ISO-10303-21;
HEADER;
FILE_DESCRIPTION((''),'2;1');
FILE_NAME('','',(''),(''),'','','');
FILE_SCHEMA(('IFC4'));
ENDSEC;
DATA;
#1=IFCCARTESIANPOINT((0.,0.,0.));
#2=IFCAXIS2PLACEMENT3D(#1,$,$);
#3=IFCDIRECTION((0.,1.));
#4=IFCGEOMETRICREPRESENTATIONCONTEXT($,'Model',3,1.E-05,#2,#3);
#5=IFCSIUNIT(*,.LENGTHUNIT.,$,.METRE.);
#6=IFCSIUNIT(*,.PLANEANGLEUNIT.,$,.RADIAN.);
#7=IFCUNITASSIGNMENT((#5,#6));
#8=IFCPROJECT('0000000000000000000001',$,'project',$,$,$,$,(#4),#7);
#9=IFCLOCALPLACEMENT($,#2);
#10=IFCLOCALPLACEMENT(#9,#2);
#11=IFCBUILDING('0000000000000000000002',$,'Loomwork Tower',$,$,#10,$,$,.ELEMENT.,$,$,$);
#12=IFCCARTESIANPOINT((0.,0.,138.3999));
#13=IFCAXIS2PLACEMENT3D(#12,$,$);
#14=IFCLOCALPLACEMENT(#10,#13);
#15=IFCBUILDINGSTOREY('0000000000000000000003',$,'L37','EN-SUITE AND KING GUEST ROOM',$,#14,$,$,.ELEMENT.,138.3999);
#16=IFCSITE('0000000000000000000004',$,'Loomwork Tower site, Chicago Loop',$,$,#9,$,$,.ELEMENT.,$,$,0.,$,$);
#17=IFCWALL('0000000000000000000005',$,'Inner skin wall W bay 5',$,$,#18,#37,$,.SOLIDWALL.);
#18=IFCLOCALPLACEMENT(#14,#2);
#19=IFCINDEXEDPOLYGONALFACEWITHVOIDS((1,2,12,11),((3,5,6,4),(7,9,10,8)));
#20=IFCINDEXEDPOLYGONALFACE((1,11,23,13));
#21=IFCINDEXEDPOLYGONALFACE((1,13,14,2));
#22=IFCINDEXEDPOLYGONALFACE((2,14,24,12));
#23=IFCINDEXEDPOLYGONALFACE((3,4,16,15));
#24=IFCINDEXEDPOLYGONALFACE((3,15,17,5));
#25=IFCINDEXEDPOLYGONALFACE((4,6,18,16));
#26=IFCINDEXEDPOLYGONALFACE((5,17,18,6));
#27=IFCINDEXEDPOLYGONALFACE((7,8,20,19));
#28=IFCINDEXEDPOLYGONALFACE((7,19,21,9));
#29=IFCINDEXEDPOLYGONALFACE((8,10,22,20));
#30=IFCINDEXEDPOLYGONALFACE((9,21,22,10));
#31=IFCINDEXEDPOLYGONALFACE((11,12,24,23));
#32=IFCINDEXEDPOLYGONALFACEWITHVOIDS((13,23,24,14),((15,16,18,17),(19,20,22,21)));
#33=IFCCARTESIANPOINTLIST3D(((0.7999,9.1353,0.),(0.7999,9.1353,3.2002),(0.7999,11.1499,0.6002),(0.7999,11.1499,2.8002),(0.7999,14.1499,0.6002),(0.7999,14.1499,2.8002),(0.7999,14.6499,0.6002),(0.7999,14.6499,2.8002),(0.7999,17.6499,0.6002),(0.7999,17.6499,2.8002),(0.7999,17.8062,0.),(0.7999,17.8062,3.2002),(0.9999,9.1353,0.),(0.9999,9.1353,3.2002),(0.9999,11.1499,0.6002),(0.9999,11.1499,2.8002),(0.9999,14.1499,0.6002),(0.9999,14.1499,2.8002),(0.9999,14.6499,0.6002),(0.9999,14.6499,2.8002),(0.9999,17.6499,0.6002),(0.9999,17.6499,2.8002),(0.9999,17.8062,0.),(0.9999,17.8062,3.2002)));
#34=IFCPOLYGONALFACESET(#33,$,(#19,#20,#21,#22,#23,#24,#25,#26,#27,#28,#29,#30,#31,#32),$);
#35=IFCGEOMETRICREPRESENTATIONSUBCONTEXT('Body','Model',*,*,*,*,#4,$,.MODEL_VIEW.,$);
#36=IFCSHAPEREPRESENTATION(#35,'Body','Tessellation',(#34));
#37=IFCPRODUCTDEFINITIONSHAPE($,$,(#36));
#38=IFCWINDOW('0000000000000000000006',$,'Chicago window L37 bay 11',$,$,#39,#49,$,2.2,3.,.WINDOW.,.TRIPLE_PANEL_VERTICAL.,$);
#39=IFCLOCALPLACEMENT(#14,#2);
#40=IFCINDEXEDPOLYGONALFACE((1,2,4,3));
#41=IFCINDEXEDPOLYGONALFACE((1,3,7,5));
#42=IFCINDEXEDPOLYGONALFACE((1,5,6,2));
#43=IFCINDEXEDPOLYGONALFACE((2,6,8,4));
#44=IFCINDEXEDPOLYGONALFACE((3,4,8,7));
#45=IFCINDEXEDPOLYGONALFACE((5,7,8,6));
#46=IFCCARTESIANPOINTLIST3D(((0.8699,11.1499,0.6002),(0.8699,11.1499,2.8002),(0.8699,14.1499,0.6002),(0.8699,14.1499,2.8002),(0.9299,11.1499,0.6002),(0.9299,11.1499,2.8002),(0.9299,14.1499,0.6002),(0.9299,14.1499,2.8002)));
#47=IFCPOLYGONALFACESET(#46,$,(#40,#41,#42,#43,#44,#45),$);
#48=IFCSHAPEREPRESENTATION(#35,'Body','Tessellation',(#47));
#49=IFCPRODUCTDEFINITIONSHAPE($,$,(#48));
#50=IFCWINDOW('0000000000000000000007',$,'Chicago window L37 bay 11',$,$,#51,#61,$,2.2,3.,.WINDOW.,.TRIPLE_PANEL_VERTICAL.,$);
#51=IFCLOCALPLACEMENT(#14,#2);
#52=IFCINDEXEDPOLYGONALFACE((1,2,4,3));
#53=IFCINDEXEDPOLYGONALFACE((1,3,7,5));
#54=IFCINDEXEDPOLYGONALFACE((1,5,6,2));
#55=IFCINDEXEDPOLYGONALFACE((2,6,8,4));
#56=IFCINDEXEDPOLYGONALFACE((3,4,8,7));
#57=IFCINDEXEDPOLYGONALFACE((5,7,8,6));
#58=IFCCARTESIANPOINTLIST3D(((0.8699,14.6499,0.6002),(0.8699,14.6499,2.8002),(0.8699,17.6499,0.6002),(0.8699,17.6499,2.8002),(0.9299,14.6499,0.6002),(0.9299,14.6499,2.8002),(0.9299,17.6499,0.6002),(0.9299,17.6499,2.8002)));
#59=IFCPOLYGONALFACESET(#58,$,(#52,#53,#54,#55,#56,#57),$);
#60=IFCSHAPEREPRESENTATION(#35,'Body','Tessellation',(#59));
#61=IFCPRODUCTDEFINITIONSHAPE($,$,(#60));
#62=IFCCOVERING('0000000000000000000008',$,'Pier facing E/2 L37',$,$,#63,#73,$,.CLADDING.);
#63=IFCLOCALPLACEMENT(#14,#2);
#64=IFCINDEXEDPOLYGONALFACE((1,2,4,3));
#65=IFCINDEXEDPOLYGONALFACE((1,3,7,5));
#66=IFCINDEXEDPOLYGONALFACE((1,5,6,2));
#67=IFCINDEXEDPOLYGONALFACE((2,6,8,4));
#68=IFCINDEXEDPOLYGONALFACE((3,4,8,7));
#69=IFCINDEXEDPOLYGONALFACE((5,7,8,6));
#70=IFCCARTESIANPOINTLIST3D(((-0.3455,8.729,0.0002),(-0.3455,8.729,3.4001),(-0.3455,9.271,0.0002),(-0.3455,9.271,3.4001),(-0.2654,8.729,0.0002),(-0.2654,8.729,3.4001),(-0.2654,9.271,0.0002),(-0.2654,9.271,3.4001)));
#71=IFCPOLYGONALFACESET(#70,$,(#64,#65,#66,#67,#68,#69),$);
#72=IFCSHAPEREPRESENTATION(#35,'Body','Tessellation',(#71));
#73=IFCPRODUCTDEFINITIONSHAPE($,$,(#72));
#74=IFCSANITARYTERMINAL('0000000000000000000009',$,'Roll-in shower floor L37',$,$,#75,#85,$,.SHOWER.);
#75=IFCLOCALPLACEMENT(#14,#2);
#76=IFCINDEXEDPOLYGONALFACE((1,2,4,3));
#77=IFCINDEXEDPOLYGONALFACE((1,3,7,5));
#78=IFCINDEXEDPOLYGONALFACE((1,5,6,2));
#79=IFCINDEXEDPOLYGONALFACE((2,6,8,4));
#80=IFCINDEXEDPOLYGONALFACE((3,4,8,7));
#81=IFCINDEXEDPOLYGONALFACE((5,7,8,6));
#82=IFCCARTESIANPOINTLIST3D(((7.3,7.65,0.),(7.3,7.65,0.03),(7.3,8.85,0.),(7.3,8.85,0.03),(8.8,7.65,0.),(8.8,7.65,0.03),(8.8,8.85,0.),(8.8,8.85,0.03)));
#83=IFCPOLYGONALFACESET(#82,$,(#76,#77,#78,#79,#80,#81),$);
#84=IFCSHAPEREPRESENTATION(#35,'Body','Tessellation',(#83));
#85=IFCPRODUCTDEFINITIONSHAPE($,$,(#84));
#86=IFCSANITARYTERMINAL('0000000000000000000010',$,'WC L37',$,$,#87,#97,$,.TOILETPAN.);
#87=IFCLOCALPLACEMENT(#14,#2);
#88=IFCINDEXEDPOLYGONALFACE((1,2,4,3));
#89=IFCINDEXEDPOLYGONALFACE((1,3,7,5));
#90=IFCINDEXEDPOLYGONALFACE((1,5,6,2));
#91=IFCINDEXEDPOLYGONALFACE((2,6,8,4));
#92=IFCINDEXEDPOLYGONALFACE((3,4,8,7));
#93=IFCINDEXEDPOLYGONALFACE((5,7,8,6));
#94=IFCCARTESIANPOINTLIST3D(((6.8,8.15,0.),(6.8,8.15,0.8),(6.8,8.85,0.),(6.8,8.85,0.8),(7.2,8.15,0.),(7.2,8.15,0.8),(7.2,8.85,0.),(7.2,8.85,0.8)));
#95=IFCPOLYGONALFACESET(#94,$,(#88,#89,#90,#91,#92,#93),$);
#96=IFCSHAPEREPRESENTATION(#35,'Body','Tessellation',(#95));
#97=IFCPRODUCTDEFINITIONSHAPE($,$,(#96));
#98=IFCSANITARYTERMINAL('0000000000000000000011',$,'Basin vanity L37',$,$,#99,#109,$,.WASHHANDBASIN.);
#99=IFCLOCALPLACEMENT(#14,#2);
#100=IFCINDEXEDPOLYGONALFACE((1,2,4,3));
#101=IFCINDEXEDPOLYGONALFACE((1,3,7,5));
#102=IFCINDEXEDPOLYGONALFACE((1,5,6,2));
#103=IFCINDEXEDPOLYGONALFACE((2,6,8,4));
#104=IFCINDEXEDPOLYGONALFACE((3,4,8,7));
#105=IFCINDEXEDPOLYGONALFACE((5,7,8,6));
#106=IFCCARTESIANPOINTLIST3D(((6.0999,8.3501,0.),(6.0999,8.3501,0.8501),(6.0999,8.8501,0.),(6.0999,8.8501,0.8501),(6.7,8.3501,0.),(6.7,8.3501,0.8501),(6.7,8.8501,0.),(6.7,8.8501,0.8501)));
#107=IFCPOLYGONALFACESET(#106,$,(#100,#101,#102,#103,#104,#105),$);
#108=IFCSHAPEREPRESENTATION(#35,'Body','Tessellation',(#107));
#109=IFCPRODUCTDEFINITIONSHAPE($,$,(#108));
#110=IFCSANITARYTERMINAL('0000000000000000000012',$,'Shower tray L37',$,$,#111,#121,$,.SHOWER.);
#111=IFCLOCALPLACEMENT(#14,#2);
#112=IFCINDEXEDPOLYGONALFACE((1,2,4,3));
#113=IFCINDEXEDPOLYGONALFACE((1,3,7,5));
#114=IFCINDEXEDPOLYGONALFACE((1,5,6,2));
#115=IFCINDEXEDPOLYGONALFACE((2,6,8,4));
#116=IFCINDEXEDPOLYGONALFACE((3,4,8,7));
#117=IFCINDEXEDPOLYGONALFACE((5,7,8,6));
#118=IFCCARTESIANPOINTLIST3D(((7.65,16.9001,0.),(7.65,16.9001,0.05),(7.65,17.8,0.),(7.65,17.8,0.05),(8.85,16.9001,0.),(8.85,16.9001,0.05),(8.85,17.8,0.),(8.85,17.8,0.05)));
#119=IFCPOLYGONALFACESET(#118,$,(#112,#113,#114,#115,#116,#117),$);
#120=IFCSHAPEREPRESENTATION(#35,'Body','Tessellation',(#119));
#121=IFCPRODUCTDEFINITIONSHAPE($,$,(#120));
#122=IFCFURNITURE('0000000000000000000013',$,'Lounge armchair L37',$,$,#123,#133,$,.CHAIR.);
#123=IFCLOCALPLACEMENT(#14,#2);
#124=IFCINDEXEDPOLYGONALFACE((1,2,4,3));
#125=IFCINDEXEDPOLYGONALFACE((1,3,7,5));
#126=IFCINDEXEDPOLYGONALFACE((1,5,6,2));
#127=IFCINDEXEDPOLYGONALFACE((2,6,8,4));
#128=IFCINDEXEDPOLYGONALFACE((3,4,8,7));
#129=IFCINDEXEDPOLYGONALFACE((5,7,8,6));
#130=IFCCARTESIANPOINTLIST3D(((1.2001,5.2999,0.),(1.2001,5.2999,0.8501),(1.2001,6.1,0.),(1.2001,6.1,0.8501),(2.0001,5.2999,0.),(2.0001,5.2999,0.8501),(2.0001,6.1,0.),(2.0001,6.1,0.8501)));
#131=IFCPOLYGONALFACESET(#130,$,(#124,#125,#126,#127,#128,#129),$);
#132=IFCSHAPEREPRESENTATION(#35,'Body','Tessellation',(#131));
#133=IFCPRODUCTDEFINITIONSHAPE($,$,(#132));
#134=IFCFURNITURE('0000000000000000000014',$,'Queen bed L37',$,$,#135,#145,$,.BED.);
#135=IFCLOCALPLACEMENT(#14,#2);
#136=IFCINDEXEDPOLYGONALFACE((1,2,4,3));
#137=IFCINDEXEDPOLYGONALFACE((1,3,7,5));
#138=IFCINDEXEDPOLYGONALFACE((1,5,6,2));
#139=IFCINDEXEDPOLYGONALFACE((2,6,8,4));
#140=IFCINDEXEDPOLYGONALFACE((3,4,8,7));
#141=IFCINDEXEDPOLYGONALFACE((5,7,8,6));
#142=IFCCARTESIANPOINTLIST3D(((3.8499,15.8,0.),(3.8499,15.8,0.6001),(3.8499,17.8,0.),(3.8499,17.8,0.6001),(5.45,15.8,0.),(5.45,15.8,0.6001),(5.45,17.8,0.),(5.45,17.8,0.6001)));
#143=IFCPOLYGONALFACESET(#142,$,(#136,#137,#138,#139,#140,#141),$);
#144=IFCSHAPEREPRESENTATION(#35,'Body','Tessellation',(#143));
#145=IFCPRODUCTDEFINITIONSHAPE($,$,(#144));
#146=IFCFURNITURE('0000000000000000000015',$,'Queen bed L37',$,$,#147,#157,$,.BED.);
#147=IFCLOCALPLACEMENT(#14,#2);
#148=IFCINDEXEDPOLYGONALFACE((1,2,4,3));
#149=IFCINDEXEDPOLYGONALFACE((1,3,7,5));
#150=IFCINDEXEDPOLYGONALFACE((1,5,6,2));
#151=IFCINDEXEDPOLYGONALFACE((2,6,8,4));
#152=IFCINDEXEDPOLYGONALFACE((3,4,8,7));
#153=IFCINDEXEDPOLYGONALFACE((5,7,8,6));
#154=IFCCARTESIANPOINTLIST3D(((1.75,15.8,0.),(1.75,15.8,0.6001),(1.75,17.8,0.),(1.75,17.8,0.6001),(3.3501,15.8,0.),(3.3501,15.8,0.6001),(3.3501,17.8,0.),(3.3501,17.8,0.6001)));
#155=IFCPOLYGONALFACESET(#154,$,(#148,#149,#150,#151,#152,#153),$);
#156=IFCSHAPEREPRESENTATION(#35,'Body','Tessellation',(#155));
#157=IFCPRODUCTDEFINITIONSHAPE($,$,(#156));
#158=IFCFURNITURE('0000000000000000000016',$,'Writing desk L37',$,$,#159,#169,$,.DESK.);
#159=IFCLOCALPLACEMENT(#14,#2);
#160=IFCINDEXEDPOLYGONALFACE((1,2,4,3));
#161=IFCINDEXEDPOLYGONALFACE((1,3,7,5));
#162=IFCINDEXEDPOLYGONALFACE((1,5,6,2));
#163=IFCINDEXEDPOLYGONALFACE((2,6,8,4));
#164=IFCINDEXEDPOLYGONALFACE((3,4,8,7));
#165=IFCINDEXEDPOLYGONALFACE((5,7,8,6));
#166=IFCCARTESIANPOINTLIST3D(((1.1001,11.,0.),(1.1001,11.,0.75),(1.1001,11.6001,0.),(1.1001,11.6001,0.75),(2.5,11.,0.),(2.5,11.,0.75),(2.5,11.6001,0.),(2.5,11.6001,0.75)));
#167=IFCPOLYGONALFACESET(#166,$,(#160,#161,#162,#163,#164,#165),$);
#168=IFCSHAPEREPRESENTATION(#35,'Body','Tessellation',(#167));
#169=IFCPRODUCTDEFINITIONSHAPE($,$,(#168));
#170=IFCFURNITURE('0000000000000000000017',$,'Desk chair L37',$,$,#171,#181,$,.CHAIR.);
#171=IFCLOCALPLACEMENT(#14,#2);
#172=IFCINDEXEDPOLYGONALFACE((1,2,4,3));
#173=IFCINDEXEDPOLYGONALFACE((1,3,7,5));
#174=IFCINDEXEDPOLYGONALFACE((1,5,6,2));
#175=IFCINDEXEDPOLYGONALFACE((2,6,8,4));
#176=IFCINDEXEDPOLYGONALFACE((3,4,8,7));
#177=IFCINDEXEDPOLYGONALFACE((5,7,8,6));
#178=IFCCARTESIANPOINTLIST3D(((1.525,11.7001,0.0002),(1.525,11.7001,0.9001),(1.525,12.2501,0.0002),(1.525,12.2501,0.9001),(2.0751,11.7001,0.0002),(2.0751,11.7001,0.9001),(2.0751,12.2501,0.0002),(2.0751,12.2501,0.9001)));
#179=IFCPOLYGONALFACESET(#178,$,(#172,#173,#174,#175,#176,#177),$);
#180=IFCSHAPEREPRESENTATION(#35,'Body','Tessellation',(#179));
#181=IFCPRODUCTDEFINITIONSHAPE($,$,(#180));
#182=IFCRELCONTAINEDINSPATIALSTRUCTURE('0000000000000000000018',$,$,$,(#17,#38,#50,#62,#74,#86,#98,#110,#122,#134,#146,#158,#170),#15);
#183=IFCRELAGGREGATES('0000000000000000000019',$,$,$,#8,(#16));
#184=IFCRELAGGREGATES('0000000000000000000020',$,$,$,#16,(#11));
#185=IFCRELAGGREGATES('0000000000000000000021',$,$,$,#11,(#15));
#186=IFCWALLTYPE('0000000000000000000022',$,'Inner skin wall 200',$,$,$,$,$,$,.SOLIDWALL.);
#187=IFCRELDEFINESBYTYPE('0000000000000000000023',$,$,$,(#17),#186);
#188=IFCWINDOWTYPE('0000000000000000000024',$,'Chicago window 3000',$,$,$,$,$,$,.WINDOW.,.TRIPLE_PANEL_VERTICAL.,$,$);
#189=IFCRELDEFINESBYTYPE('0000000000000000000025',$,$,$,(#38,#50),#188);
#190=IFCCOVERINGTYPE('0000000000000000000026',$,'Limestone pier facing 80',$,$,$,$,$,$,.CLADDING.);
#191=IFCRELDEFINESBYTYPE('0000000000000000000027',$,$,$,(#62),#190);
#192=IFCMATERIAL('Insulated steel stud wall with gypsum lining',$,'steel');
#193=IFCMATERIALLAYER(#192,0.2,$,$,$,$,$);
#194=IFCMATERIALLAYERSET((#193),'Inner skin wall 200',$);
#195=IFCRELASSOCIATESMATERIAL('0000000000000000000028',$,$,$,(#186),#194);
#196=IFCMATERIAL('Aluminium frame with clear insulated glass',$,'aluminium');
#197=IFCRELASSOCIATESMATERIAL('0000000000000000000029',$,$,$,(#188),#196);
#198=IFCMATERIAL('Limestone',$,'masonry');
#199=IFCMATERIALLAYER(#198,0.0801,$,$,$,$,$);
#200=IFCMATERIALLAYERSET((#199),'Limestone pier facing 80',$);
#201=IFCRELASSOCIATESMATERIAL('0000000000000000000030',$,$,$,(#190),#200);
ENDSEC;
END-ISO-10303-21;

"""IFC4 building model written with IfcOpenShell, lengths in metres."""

from ifc_helpers import new_model, si_unit, direction, frame, frame_2d, origin, origin_2d, place, context, subcontext, project, spatial, rectangle, extrude, material, layer, layer_set, type_object, element, fill, save


model = new_model("IFC4")

# Units and contexts
model_context = context("Model", 3, precision=1e-05, world=origin(), true_north=direction((0.0, 1.0)))
body_context = subcontext(model_context, "Body", "Model", "MODEL_VIEW")
ifc_project = project(units=[si_unit("LENGTHUNIT", "METRE"), si_unit("PLANEANGLEUNIT", "RADIAN")], contexts=[model_context])

# Site, building, storey
site_placement = place(None, origin())
site = spatial("IfcSite", under=ifc_project, at=site_placement, Name="Loomwork Tower site, Chicago Loop", CompositionType="ELEMENT", RefElevation=0.0)
building_placement = place(site_placement, origin())
building = spatial("IfcBuilding", under=site, at=building_placement, Name="Loomwork Tower", CompositionType="ELEMENT")
storey_placement = place(building_placement, frame((0.0, 0.0, 138.3999)))
storey = spatial("IfcBuildingStorey", under=building, at=storey_placement, Name="L37", Description="EN-SUITE AND KING GUEST ROOM", CompositionType="ELEMENT", Elevation=138.3999)

# Shared definitions
ifc_material_1 = material(Name="Insulated steel stud wall with gypsum lining", Category="steel")
ifc_layer_1 = layer(ifc_material_1, 0.2)
ifc_layer_set_1 = layer_set([ifc_layer_1], Name="Inner skin wall 200")
wall_type_1 = type_object("IfcWallType", Name="Inner skin wall 200", PredefinedType="SOLIDWALL", material=ifc_layer_set_1)

# Wall, openings, windows
wall_1_placement = place(storey_placement, frame((0.8999, 9.1353, 0.0), z_axis=(0.0, 0.0, 1.0), x_axis=(0.0, 1.0, 0.0)))
wall_1 = element("IfcWall", 1, at=wall_1_placement, inside=storey, type_object=wall_type_1, Name="Inner skin wall W bay 5", PredefinedType="SOLIDWALL", context=body_context, shape_type="SweptSolid", body=[
    extrude(rectangle(XDim=8.6709, YDim=0.2, at=frame_2d((4.3354, 0.0))), origin(), (0.0, 0.0, 1.0), 3.2002),
])
opening_1_placement = place(wall_1_placement, frame((2.0146, 0.0, 0.6001)))
opening_1 = element("IfcOpeningElement", 2, at=opening_1_placement, cuts=wall_1, PredefinedType="OPENING", context=body_context, shape_type="SweptSolid", body=[
    extrude(rectangle(XDim=3.0, YDim=2.2, at=frame_2d((1.5, 1.1001))), frame((0.0, 0.1099, 0.0), z_axis=(0.0, -1.0, 0.0), x_axis=(1.0, 0.0, 0.0)), (0.0, 0.0, 1.0), 0.22),
])
opening_2_placement = place(wall_1_placement, frame((5.5146, 0.0, 0.6001)))
opening_2 = element("IfcOpeningElement", 3, at=opening_2_placement, cuts=wall_1, PredefinedType="OPENING", context=body_context, shape_type="SweptSolid", body=[
    extrude(rectangle(XDim=3.0, YDim=2.2, at=frame_2d((1.5, 1.1001))), frame((0.0, 0.1099, 0.0), z_axis=(0.0, -1.0, 0.0), x_axis=(1.0, 0.0, 0.0)), (0.0, 0.0, 1.0), 0.22),
])
ifc_material_2 = material(Name="Aluminium frame with clear insulated glass", Category="aluminium")
window_type = type_object("IfcWindowType", Name="Chicago window 3000", PartitioningType="TRIPLE_PANEL_VERTICAL", PredefinedType="WINDOW", material=ifc_material_2)
window_1_placement = place(opening_1_placement, origin())
window_1 = element("IfcWindow", 4, at=window_1_placement, inside=storey, type_object=window_type, Name="Chicago window L37 bay 11", OverallHeight=2.2, OverallWidth=3.0, PartitioningType="TRIPLE_PANEL_VERTICAL", PredefinedType="WINDOW", context=body_context, shape_type="SweptSolid", body=[
    extrude(rectangle(XDim=3.0, YDim=2.2, at=frame_2d((1.5, 1.1001))), frame((0.0, 0.03, 0.0), z_axis=(0.0, -1.0, 0.0), x_axis=(1.0, 0.0, 0.0)), (0.0, 0.0, 1.0), 0.0601),
])
fill(opening_1, window_1)
window_2_placement = place(opening_2_placement, origin())
window_2 = element("IfcWindow", 5, at=window_2_placement, inside=storey, type_object=window_type, Name="Chicago window L37 bay 11", OverallHeight=2.2, OverallWidth=3.0, PartitioningType="TRIPLE_PANEL_VERTICAL", PredefinedType="WINDOW", context=body_context, shape_type="SweptSolid", body=[
    extrude(rectangle(XDim=3.0, YDim=2.2, at=frame_2d((1.5, 1.1001))), frame((0.0, 0.03, 0.0), z_axis=(0.0, -1.0, 0.0), x_axis=(1.0, 0.0, 0.0)), (0.0, 0.0, 1.0), 0.0601),
])
fill(opening_2, window_2)

# Covering
ifc_material_3 = material(Name="Limestone", Category="masonry")
ifc_layer_2 = layer(ifc_material_3, 0.0801)
ifc_layer_set_2 = layer_set([ifc_layer_2], Name="Limestone pier facing 80")
covering_type = type_object("IfcCoveringType", Name="Limestone pier facing 80", PredefinedType="CLADDING", material=ifc_layer_set_2)
covering_placement = place(storey_placement, frame((-0.3054, 9.0, 0.0002), z_axis=(0.0, 0.0, 1.0), x_axis=(1.0, 0.0, 0.0)))
element("IfcCovering", 6, at=covering_placement, inside=storey, type_object=covering_type, Name="Pier facing E/2 L37", PredefinedType="CLADDING", context=body_context, shape_type="SweptSolid", body=[
    extrude(rectangle(XDim=0.0801, YDim=0.542, at=origin_2d()), origin(), (0.0, 0.0, 1.0), 3.3999),
])

# Sanitary terminals
sanitary_terminal_1_placement = place(storey_placement, frame((8.05, 8.25, 0.0), z_axis=(0.0, 0.0, 1.0), x_axis=(1.0, 0.0, 0.0)))
element("IfcSanitaryTerminal", 7, at=sanitary_terminal_1_placement, inside=storey, Name="Roll-in shower floor L37", PredefinedType="SHOWER", context=body_context, shape_type="SweptSolid", body=[
    extrude(rectangle(XDim=1.5, YDim=1.2, at=origin_2d()), origin(), (0.0, 0.0, 1.0), 0.03),
])
sanitary_terminal_2_placement = place(storey_placement, frame((7.0, 8.5, 0.0), z_axis=(0.0, 0.0, 1.0), x_axis=(1.0, 0.0, 0.0)))
element("IfcSanitaryTerminal", 8, at=sanitary_terminal_2_placement, inside=storey, Name="WC L37", PredefinedType="TOILETPAN", context=body_context, shape_type="SweptSolid", body=[
    extrude(rectangle(XDim=0.3999, YDim=0.7, at=origin_2d()), origin(), (0.0, 0.0, 1.0), 0.8),
])
sanitary_terminal_3_placement = place(storey_placement, frame((6.3999, 8.6001, 0.0), z_axis=(0.0, 0.0, 1.0), x_axis=(1.0, 0.0, 0.0)))
element("IfcSanitaryTerminal", 9, at=sanitary_terminal_3_placement, inside=storey, Name="Basin vanity L37", PredefinedType="WASHHANDBASIN", context=body_context, shape_type="SweptSolid", body=[
    extrude(rectangle(XDim=0.6001, YDim=0.5, at=origin_2d()), origin(), (0.0, 0.0, 1.0), 0.8501),
])
sanitary_terminal_4_placement = place(storey_placement, frame((8.25, 17.3501, 0.0), z_axis=(0.0, 0.0, 1.0), x_axis=(1.0, 0.0, 0.0)))
element("IfcSanitaryTerminal", 10, at=sanitary_terminal_4_placement, inside=storey, Name="Shower tray L37", PredefinedType="SHOWER", context=body_context, shape_type="SweptSolid", body=[
    extrude(rectangle(XDim=1.2, YDim=0.8999, at=origin_2d()), origin(), (0.0, 0.0, 1.0), 0.05),
])

# Furniture
furniture_1_placement = place(storey_placement, frame((1.6001, 5.7, 0.0), z_axis=(0.0, 0.0, 1.0), x_axis=(1.0, 0.0, 0.0)))
element("IfcFurniture", 11, at=furniture_1_placement, inside=storey, Name="Lounge armchair L37", PredefinedType="CHAIR", context=body_context, shape_type="SweptSolid", body=[
    extrude(rectangle(XDim=0.8, YDim=0.8, at=origin_2d()), origin(), (0.0, 0.0, 1.0), 0.8501),
])
for number, where, z_axis, x_axis, name in (
    (12, (4.6499, 16.8, 0.0), (0.0, 0.0, 1.0), (1.0, 0.0, 0.0), "Queen bed L37"),
    (13, (2.55, 16.8, 0.0), (0.0, 0.0, 1.0), (1.0, 0.0, 0.0), "Queen bed L37"),
):
    element("IfcFurniture", number, at=place(storey_placement, frame(where, z_axis=z_axis, x_axis=x_axis)), inside=storey, Name=name, PredefinedType="BED", context=body_context, shape_type="SweptSolid", body=[
        extrude(rectangle(XDim=1.6001, YDim=2.0, at=origin_2d()), origin(), (0.0, 0.0, 1.0), 0.6001),
    ])
furniture_2_placement = place(storey_placement, frame((1.8, 11.3, 0.0), z_axis=(0.0, 0.0, 1.0), x_axis=(1.0, 0.0, 0.0)))
element("IfcFurniture", 14, at=furniture_2_placement, inside=storey, Name="Writing desk L37", PredefinedType="DESK", context=body_context, shape_type="SweptSolid", body=[
    extrude(rectangle(XDim=1.3999, YDim=0.6001, at=origin_2d()), origin(), (0.0, 0.0, 1.0), 0.75),
])
furniture_3_placement = place(storey_placement, frame((1.8, 11.9751, 0.0002), z_axis=(0.0, 0.0, 1.0), x_axis=(1.0, 0.0, 0.0)))
element("IfcFurniture", 15, at=furniture_3_placement, inside=storey, Name="Desk chair L37", PredefinedType="CHAIR", context=body_context, shape_type="SweptSolid", body=[
    extrude(rectangle(XDim=0.55, YDim=0.55, at=origin_2d()), origin(), (0.0, 0.0, 1.0), 0.8999),
])

save(model, "model.ifc")
